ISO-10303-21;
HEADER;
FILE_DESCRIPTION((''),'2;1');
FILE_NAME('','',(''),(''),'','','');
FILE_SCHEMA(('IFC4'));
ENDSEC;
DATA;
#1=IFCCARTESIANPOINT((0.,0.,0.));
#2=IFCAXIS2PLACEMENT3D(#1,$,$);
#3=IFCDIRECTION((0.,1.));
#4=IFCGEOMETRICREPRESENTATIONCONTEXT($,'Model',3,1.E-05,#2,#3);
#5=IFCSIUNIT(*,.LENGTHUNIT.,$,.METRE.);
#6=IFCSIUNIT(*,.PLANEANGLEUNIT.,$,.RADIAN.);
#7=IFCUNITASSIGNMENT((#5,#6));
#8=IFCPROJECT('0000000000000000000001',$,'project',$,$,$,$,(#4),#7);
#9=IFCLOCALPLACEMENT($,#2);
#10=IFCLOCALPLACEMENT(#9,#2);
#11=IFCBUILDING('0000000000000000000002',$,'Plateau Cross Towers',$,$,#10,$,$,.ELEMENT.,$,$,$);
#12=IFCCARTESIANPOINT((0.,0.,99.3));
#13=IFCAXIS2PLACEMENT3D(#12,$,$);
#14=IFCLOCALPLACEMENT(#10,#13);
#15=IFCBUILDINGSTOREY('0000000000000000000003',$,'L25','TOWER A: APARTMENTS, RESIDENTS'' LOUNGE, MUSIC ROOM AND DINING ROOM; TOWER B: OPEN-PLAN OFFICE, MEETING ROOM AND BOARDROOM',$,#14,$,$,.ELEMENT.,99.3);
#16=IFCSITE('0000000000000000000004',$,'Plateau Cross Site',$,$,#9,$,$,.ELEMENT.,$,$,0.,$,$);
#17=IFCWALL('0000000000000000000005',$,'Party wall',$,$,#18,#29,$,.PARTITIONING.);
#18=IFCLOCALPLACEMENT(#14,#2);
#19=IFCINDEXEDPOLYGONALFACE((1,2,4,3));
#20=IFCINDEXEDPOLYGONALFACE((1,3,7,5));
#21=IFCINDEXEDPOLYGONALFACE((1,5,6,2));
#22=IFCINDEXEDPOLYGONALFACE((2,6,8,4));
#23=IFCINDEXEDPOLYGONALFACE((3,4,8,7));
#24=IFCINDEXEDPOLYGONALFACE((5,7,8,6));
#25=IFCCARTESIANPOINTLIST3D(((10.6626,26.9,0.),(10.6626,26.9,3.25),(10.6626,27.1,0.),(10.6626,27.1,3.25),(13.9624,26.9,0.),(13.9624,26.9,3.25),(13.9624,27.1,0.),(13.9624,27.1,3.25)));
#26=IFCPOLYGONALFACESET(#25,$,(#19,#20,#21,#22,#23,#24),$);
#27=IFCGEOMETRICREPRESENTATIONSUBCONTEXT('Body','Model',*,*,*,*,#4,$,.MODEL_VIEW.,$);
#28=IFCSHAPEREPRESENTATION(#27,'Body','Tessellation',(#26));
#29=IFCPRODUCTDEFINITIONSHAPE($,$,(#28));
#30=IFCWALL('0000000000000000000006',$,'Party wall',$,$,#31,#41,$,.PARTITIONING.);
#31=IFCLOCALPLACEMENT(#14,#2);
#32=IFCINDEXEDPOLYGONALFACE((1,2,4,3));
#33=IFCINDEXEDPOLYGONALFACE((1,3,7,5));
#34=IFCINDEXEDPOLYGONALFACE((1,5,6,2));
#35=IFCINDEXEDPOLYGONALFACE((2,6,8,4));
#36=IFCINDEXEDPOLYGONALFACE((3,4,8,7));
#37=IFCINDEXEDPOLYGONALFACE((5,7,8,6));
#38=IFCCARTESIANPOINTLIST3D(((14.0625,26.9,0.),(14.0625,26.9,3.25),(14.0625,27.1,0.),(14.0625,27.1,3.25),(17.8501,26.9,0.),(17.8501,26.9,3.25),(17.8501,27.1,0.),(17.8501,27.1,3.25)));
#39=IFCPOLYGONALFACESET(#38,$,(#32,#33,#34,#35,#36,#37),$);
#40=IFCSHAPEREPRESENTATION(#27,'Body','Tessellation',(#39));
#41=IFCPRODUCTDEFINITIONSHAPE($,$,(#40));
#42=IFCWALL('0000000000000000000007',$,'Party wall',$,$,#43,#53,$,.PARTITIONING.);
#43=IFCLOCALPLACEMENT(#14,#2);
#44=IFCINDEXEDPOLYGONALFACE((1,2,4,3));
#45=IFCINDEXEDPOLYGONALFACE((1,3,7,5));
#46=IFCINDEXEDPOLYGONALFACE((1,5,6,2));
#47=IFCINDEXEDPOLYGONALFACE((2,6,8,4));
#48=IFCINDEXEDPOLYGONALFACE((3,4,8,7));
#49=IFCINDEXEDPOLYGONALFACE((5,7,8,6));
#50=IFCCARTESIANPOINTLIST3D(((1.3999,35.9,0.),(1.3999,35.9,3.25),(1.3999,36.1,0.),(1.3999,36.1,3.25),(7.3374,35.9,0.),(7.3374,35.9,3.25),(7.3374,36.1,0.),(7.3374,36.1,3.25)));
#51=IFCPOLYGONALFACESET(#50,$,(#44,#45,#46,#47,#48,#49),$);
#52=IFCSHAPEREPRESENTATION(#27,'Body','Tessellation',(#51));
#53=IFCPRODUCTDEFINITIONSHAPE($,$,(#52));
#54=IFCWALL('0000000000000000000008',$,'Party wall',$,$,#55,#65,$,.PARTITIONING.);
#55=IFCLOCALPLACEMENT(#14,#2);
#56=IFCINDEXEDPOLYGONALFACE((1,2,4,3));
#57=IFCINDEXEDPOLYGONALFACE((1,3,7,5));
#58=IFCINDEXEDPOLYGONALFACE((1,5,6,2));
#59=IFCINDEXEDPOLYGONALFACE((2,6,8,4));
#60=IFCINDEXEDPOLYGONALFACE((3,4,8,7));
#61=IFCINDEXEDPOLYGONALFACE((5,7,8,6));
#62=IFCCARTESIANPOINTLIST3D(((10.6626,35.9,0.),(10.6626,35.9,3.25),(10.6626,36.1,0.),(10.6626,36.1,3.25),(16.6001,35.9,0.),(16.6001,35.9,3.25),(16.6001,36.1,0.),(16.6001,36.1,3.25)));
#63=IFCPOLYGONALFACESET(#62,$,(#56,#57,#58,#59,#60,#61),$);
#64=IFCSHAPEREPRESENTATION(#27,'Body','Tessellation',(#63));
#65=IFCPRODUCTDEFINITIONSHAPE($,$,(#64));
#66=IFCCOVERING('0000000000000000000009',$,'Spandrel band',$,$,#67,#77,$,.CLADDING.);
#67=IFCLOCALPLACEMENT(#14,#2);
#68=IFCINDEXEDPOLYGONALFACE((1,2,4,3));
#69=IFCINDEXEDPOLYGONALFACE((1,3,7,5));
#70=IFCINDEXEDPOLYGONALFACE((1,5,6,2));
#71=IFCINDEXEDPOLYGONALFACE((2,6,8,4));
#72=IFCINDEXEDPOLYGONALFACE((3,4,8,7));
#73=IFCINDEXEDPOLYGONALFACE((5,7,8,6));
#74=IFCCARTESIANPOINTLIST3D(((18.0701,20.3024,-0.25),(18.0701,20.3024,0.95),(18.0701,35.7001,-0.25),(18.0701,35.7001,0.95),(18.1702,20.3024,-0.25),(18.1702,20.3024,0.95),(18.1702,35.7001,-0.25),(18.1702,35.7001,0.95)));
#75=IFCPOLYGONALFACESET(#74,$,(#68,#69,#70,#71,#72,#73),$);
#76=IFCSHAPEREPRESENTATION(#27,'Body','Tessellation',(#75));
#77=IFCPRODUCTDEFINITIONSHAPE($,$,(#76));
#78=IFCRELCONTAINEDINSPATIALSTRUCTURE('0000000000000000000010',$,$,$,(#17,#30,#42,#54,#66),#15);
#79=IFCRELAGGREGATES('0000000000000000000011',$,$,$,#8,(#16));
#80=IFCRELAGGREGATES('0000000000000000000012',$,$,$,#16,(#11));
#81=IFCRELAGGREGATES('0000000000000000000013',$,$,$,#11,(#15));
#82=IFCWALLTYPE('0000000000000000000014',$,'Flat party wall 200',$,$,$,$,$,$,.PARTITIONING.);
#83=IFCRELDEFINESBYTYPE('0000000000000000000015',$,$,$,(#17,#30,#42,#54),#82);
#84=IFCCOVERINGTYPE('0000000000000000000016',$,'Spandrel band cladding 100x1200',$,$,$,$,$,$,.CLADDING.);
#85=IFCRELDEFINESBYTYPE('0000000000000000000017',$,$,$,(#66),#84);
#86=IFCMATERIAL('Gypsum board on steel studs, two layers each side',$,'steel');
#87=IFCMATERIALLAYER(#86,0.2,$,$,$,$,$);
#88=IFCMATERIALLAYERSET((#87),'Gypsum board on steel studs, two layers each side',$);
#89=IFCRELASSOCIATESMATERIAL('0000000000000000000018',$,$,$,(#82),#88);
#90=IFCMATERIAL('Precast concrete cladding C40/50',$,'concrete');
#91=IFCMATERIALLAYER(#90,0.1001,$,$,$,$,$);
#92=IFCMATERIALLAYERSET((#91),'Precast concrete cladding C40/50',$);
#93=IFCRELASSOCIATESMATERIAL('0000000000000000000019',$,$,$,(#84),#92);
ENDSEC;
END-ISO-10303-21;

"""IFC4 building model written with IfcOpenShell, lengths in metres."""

from ifc_helpers import new_model, si_unit, direction, frame, frame_2d, origin, origin_2d, place, context, subcontext, project, spatial, rectangle, extrude, material, layer, layer_set, type_object, element, save


model = new_model("IFC4")

# Units and contexts
model_context = context("Model", 3, precision=1e-05, world=origin(), true_north=direction((0.0, 1.0)))
body_context = subcontext(model_context, "Body", "Model", "MODEL_VIEW")
ifc_project = project(units=[si_unit("LENGTHUNIT", "METRE"), si_unit("PLANEANGLEUNIT", "RADIAN")], contexts=[model_context])

# Site, building, storey
site_placement = place(None, origin())
site = spatial("IfcSite", under=ifc_project, at=site_placement, Name="Plateau Cross Site", CompositionType="ELEMENT", RefElevation=0.0)
building_placement = place(site_placement, origin())
building = spatial("IfcBuilding", under=site, at=building_placement, Name="Plateau Cross Towers", CompositionType="ELEMENT")
storey_placement = place(building_placement, frame((0.0, 0.0, 99.3)))
storey = spatial("IfcBuildingStorey", under=building, at=storey_placement, Name="L25", Description="TOWER A: APARTMENTS, RESIDENTS' LOUNGE, MUSIC ROOM AND DINING ROOM; TOWER B: OPEN-PLAN OFFICE, MEETING ROOM AND BOARDROOM", CompositionType="ELEMENT", Elevation=99.3)

# Walls
ifc_material_1 = material(Name="Gypsum board on steel studs, two layers each side", Category="steel")
ifc_layer_1 = layer(ifc_material_1, 0.2)
ifc_layer_set_1 = layer_set([ifc_layer_1], Name="Gypsum board on steel studs, two layers each side")
wall_type_1 = type_object("IfcWallType", Name="Flat party wall 200", PredefinedType="PARTITIONING", material=ifc_layer_set_1)
wall_1_placement = place(storey_placement, frame((13.9624, 27.0, 0.0), z_axis=(0.0, 0.0, 1.0), x_axis=(-1.0, 0.0, 0.0)))
element("IfcWall", 1, at=wall_1_placement, inside=storey, type_object=wall_type_1, Name="Party wall", PredefinedType="PARTITIONING", context=body_context, shape_type="SweptSolid", body=[
    extrude(rectangle(XDim=3.2998, YDim=0.2, at=frame_2d((1.6499, 0.0))), origin(), (0.0, 0.0, 1.0), 3.25),
])
wall_2_placement = place(storey_placement, frame((14.0625, 27.0, 0.0), z_axis=(0.0, 0.0, 1.0), x_axis=(1.0, 0.0, 0.0)))
element("IfcWall", 2, at=wall_2_placement, inside=storey, type_object=wall_type_1, Name="Party wall", PredefinedType="PARTITIONING", context=body_context, shape_type="SweptSolid", body=[
    extrude(rectangle(XDim=3.7876, YDim=0.2, at=frame_2d((1.8938, 0.0))), origin(), (0.0, 0.0, 1.0), 3.25),
])
for number, where, z_axis, x_axis, name in (
    (3, (7.3374, 36.0, 0.0), (0.0, 0.0, 1.0), (-1.0, 0.0, 0.0), "Party wall"),
    (4, (16.6001, 36.0, 0.0), (0.0, 0.0, 1.0), (-1.0, 0.0, 0.0), "Party wall"),
):
    element("IfcWall", number, at=place(storey_placement, frame(where, z_axis=z_axis, x_axis=x_axis)), inside=storey, type_object=wall_type_1, Name=name, PredefinedType="PARTITIONING", context=body_context, shape_type="SweptSolid", body=[
        extrude(rectangle(XDim=5.9375, YDim=0.2, at=frame_2d((2.9688, 0.0))), origin(), (0.0, 0.0, 1.0), 3.25),
    ])

# Covering
ifc_material_2 = material(Name="Precast concrete cladding C40/50", Category="concrete")
ifc_layer_2 = layer(ifc_material_2, 0.1001)
ifc_layer_set_2 = layer_set([ifc_layer_2], Name="Precast concrete cladding C40/50")
covering_type = type_object("IfcCoveringType", Name="Spandrel band cladding 100x1200", PredefinedType="CLADDING", material=ifc_layer_set_2)
covering_placement = place(storey_placement, frame((18.1201, 28.0012, -0.25), z_axis=(0.0, 0.0, 1.0), x_axis=(0.0, 1.0, 0.0)))
element("IfcCovering", 5, at=covering_placement, inside=storey, type_object=covering_type, Name="Spandrel band", PredefinedType="CLADDING", context=body_context, shape_type="SweptSolid", body=[
    extrude(rectangle(XDim=15.3977, YDim=0.1001, at=origin_2d()), origin(), (0.0, 0.0, 1.0), 1.2),
])

save(model, "model.ifc")
